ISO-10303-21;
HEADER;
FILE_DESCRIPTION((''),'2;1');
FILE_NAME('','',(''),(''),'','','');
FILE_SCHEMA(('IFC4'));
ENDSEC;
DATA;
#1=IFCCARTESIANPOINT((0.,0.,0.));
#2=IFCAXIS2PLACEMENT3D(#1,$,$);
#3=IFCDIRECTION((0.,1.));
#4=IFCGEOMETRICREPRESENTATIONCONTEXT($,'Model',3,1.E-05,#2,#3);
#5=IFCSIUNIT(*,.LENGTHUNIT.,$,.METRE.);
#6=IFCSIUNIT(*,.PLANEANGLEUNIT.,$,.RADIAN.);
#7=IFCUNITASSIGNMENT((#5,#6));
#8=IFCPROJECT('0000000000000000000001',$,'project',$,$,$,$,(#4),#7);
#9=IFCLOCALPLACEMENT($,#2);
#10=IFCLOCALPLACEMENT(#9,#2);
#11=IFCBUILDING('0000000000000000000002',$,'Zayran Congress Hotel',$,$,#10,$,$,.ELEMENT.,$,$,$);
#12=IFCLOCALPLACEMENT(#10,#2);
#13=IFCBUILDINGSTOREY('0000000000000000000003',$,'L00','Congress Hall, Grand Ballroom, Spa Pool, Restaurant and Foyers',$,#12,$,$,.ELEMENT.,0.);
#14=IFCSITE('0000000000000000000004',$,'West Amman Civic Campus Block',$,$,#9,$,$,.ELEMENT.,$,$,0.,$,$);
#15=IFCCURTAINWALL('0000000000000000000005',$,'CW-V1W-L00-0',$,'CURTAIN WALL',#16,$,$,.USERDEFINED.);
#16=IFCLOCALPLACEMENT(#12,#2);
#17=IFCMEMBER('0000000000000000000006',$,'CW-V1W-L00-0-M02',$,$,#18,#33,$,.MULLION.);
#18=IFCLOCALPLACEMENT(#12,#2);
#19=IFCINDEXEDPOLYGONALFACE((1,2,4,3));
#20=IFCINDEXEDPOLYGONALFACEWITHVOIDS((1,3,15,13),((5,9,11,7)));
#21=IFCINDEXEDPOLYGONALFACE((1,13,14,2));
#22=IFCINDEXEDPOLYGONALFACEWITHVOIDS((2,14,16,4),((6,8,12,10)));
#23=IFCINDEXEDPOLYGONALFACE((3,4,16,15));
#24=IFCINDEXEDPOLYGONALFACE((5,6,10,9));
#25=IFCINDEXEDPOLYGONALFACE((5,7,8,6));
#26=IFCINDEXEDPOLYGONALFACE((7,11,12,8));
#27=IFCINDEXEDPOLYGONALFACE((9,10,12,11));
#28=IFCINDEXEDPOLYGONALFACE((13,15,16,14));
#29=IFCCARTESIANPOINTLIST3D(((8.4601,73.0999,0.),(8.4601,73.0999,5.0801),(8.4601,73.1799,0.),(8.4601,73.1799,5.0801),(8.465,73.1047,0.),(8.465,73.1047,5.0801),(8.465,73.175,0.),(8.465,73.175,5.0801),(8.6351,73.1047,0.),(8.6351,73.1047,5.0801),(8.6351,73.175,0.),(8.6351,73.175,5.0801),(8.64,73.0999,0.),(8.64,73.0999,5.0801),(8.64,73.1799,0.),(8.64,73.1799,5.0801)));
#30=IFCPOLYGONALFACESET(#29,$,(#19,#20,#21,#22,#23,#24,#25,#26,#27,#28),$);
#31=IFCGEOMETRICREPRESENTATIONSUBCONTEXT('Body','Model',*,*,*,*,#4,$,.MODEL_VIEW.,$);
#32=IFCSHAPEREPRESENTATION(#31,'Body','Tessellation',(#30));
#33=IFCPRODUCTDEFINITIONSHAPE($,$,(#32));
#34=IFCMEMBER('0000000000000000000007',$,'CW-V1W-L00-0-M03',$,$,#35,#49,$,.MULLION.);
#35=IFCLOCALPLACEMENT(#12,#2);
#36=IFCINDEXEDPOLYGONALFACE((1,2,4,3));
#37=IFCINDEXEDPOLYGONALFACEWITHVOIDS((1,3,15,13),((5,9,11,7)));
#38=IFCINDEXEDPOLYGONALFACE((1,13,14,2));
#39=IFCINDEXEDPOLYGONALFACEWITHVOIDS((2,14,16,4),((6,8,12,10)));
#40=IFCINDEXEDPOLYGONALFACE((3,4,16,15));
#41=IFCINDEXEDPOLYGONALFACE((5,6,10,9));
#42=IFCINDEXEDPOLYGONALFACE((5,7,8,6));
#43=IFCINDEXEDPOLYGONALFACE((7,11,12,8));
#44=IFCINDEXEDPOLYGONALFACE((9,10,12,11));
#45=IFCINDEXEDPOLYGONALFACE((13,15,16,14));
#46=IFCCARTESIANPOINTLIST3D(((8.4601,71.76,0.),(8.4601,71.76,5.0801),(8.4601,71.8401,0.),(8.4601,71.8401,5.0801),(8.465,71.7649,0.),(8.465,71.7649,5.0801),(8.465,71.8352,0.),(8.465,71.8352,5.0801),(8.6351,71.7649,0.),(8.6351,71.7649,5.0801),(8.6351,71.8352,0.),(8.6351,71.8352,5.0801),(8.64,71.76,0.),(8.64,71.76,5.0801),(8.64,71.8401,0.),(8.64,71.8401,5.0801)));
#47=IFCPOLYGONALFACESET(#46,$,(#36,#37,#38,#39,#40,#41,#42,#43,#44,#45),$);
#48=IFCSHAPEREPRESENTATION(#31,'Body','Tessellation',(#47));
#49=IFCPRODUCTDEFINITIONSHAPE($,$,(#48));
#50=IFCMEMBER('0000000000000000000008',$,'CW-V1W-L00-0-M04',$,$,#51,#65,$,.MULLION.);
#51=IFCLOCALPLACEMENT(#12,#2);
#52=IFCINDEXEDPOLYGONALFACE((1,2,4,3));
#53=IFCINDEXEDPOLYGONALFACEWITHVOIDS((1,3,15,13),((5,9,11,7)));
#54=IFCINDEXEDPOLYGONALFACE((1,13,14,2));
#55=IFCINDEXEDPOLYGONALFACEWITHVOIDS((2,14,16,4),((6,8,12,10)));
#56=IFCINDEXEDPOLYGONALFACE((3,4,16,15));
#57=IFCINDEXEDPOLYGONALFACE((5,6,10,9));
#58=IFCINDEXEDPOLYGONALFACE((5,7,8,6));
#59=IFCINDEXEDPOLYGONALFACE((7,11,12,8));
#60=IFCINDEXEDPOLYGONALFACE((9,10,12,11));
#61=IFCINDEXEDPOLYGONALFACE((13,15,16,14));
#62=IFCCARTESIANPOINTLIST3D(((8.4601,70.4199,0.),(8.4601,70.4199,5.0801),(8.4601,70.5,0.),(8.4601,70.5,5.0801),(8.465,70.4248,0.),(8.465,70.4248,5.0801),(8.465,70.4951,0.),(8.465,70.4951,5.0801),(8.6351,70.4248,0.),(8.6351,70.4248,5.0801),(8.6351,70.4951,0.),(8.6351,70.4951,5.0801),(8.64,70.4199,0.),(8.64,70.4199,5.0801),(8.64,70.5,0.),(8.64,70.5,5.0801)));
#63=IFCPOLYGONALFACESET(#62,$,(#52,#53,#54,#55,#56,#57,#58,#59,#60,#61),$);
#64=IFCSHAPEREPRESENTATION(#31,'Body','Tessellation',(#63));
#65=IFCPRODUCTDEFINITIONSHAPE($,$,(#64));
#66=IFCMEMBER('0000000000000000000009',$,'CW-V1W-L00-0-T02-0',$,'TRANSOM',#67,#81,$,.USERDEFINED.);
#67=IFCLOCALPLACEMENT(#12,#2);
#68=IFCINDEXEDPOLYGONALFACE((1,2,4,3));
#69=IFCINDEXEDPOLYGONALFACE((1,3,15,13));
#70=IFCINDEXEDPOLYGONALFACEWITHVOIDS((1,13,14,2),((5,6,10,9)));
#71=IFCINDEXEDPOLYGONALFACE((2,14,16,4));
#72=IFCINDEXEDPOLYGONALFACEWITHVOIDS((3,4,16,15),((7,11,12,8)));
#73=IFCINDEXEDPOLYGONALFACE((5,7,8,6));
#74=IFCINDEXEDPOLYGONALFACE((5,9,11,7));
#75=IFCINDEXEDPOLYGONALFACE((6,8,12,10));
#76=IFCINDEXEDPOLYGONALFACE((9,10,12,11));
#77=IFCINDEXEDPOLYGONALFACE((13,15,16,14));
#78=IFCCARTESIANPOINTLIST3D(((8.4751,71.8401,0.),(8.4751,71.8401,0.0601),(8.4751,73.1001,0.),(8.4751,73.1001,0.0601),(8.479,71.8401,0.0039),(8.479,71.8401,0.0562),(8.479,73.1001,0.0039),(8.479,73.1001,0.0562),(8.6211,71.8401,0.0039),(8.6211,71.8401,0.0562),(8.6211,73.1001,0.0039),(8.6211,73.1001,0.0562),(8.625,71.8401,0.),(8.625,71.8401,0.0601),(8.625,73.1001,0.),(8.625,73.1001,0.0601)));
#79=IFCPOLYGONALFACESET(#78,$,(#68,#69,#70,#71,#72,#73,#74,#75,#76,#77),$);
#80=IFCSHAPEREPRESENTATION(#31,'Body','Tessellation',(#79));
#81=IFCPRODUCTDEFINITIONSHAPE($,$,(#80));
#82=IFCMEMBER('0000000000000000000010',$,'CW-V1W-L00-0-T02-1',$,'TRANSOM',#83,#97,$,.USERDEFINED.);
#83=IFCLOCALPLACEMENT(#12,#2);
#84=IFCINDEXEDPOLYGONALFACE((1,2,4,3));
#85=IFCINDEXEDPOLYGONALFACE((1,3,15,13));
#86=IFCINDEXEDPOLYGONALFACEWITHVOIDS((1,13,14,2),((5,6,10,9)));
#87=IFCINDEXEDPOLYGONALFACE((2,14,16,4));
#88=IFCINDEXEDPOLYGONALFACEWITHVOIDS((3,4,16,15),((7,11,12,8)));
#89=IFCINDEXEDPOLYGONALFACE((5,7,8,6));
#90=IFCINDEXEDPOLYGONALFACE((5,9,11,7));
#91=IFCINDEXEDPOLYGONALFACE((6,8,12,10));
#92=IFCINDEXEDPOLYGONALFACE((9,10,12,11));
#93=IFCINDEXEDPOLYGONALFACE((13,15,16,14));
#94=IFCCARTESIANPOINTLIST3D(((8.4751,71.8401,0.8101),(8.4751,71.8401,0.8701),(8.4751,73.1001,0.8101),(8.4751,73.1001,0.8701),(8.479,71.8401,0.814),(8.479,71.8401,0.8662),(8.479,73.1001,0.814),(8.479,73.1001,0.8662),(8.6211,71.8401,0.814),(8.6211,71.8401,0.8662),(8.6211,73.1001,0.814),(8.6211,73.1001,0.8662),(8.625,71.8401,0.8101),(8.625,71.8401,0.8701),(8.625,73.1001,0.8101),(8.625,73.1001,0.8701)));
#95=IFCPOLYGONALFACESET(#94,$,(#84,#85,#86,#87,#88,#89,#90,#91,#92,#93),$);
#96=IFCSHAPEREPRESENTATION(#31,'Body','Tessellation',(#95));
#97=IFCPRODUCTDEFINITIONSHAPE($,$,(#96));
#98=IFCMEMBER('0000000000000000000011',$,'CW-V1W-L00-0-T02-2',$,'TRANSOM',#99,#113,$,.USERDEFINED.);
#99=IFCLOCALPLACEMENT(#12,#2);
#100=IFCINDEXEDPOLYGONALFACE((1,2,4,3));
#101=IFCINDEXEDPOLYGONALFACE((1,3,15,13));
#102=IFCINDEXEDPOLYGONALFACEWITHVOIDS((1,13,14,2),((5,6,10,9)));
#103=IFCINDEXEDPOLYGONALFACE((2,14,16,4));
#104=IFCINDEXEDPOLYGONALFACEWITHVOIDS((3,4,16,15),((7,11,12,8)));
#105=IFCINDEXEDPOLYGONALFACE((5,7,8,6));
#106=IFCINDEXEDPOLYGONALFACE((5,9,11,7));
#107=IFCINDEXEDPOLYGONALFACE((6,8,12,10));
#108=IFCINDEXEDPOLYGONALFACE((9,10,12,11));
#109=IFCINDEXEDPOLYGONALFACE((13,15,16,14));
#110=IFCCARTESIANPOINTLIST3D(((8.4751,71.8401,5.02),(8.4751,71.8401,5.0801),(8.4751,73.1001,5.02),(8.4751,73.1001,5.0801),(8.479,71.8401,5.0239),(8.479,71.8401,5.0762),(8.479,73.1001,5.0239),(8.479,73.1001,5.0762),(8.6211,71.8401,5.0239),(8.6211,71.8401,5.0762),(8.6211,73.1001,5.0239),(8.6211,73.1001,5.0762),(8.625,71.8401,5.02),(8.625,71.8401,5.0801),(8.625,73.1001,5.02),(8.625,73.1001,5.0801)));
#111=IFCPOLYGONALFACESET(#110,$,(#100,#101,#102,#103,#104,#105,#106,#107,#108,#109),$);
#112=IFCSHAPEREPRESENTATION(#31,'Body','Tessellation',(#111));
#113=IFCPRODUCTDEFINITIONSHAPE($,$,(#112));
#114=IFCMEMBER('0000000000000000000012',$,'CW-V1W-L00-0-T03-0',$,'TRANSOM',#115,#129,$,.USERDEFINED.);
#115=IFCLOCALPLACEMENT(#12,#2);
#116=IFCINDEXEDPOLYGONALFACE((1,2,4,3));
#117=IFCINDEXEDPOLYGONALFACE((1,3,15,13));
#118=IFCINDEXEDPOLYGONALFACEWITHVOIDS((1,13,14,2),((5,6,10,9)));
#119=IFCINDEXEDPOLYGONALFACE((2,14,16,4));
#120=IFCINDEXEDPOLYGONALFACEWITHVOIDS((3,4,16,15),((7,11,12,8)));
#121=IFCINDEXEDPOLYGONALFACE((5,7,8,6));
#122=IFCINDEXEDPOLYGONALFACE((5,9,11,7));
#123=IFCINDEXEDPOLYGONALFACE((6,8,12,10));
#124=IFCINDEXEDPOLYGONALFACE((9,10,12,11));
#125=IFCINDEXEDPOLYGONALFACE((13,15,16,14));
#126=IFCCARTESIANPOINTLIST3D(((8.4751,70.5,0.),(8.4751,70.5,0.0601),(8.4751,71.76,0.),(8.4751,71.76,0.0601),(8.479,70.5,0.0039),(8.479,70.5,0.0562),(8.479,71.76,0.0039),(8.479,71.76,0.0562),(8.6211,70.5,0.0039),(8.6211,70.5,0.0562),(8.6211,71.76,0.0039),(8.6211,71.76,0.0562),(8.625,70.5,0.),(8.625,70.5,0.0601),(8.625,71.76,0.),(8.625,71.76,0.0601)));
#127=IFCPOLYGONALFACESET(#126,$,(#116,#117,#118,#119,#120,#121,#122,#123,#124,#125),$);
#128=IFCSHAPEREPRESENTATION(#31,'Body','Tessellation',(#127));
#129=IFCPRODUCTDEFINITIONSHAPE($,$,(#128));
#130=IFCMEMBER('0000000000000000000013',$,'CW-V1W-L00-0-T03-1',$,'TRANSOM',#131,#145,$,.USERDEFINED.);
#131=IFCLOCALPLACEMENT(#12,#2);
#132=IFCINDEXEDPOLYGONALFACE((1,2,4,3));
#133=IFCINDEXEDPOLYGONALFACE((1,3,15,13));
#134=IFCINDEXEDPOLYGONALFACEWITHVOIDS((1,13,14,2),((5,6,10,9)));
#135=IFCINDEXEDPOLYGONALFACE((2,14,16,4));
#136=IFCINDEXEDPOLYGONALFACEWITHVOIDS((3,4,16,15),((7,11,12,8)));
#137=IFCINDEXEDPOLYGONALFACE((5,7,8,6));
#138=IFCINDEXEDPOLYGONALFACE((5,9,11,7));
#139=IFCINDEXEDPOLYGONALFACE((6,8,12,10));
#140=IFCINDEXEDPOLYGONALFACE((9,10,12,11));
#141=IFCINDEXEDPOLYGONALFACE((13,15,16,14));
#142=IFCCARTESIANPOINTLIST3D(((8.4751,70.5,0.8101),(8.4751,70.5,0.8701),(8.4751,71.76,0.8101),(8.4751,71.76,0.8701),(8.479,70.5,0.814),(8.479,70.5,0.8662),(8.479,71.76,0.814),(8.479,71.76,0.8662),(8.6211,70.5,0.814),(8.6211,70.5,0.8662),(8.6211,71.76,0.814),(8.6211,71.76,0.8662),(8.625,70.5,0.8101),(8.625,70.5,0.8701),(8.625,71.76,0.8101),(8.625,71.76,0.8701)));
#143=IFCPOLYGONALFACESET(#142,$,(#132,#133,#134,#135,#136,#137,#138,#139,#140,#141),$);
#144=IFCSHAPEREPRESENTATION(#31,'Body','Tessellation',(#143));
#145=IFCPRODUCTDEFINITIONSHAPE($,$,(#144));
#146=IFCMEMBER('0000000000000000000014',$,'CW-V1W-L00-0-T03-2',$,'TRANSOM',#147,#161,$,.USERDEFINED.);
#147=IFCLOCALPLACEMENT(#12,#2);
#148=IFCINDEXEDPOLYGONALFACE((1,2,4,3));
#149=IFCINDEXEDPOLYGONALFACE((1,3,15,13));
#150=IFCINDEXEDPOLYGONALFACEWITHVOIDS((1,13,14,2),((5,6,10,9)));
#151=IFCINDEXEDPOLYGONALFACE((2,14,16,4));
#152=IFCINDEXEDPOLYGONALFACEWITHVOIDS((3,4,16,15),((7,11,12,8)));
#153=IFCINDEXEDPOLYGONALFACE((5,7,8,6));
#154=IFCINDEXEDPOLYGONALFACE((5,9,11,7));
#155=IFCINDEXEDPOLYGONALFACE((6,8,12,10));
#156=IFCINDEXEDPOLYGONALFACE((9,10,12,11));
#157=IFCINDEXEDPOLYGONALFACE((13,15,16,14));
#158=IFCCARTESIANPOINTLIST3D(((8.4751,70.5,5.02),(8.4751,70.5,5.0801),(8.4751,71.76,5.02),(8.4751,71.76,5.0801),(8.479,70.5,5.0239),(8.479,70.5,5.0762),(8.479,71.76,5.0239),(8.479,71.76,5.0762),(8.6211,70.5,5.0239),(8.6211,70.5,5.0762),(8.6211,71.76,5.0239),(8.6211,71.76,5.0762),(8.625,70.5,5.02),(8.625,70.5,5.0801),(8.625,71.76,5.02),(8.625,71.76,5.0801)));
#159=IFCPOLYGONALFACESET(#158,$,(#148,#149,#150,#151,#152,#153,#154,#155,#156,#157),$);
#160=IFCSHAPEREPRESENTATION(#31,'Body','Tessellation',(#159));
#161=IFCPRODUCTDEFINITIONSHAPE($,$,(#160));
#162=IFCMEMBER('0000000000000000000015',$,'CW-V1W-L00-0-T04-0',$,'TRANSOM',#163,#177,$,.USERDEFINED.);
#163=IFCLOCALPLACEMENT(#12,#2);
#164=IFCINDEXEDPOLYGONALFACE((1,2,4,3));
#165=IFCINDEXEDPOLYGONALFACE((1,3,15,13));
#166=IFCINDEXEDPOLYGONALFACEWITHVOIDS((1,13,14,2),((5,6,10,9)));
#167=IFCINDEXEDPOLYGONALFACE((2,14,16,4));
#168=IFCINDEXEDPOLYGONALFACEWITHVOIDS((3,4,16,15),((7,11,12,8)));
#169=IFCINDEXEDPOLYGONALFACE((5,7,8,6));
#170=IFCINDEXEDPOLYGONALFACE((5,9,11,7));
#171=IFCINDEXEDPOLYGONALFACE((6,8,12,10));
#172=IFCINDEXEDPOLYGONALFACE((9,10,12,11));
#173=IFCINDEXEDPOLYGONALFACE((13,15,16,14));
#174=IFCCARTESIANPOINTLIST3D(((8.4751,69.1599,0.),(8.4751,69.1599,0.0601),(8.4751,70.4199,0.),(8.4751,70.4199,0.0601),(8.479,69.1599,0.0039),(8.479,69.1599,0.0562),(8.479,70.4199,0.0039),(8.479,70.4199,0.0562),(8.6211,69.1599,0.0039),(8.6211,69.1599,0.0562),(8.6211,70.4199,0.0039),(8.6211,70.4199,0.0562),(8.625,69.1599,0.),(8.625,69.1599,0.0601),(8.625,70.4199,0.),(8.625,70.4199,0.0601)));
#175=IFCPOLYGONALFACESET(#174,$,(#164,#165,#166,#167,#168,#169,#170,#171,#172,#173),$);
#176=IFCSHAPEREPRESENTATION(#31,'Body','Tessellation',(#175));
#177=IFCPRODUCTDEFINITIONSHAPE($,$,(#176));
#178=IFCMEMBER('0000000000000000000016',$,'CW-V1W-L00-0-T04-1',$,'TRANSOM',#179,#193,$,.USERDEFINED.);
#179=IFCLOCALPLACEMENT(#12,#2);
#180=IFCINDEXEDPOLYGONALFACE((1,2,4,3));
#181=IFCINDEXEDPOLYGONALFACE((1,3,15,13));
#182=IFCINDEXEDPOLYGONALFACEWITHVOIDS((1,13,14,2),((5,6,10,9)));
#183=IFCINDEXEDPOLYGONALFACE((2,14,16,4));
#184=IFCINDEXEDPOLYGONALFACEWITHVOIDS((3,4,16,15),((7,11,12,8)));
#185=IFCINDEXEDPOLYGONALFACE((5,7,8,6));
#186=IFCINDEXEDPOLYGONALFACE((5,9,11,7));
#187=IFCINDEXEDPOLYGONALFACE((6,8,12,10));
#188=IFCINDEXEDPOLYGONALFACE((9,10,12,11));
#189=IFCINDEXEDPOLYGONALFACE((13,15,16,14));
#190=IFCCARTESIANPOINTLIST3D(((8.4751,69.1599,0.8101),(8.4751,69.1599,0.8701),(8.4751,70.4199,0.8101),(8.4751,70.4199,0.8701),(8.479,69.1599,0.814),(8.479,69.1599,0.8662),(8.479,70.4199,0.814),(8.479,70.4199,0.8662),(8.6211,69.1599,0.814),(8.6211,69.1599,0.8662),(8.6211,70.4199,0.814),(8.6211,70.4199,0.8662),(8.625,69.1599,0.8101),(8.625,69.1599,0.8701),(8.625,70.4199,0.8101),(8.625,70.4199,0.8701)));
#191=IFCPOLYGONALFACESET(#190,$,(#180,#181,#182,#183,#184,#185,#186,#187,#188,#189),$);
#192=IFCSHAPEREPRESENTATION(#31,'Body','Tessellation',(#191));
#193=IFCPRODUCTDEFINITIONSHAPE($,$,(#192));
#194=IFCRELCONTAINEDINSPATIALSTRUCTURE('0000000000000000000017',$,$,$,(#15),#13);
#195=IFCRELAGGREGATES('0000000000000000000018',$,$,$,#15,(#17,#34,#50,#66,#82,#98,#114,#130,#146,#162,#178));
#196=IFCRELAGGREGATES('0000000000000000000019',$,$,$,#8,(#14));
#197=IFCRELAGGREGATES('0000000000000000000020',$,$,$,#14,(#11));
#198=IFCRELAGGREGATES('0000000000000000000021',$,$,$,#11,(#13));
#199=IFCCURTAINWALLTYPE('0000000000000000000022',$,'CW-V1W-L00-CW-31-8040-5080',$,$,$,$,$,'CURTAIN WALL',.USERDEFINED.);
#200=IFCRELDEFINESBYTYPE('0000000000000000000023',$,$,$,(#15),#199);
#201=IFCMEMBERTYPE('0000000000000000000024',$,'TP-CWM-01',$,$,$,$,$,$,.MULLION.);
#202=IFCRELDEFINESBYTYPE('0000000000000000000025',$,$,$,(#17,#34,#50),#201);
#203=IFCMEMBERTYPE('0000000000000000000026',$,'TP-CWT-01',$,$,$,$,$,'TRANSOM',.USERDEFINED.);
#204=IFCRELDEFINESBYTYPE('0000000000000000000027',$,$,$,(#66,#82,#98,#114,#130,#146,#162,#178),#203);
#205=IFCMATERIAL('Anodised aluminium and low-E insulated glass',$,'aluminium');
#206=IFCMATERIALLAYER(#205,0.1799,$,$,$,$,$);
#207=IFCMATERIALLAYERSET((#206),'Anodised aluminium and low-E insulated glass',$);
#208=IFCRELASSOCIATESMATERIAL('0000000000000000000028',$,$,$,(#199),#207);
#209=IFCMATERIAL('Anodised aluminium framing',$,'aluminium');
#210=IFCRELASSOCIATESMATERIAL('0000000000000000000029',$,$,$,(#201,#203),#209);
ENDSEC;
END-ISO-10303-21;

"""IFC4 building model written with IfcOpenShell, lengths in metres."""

from ifc_helpers import new_model, si_unit, direction, frame, origin, origin_2d, place, context, subcontext, project, spatial, hollow_rectangle, extrude, material, layer, layer_set, material_profile, profile_set, type_object, element, aggregate, save


model = new_model("IFC4")

# Units and contexts
model_context = context("Model", 3, precision=1e-05, world=origin(), true_north=direction((0.0, 1.0)))
body_context = subcontext(model_context, "Body", "Model", "MODEL_VIEW")
ifc_project = project(units=[si_unit("LENGTHUNIT", "METRE"), si_unit("PLANEANGLEUNIT", "RADIAN")], contexts=[model_context])

# Site, building, storey
site_placement = place(None, origin())
site = spatial("IfcSite", under=ifc_project, at=site_placement, Name="West Amman Civic Campus Block", CompositionType="ELEMENT", RefElevation=0.0)
building_placement = place(site_placement, origin())
building = spatial("IfcBuilding", under=site, at=building_placement, Name="Zayran Congress Hotel", CompositionType="ELEMENT")
storey_placement = place(building_placement, origin())
storey = spatial("IfcBuildingStorey", under=building, at=storey_placement, Name="L00", Description="Congress Hall, Grand Ballroom, Spa Pool, Restaurant and Foyers", CompositionType="ELEMENT", Elevation=0.0)

# Curtain wall, members
ifc_material_1 = material(Name="Anodised aluminium and low-E insulated glass", Category="aluminium")
ifc_layer_1 = layer(ifc_material_1, 0.1799)
ifc_layer_set_1 = layer_set([ifc_layer_1], Name="Anodised aluminium and low-E insulated glass")
curtain_wall_type = type_object("IfcCurtainWallType", Name="CW-V1W-L00-CW-31-8040-5080", ElementType="CURTAIN WALL", PredefinedType="USERDEFINED", material=ifc_layer_set_1)
curtain_wall_placement = place(storey_placement, origin())
curtain_wall = element("IfcCurtainWall", 1, at=curtain_wall_placement, inside=storey, type_object=curtain_wall_type, Name="CW-V1W-L00-0", ObjectType="CURTAIN WALL", PredefinedType="USERDEFINED")
ifc_material_2 = material(Name="Anodised aluminium framing", Category="aluminium")
ifc_material_profile_1 = material_profile(ifc_material_2, hollow_rectangle(XDim=0.0801, YDim=0.1799, WallThickness=0.0049, at=origin_2d()), Name="RHS 180x80x5")
ifc_profile_set_1 = profile_set([ifc_material_profile_1], Name="Anodised aluminium framing")
member_type_1 = type_object("IfcMemberType", Name="TP-CWM-01", PredefinedType="MULLION", material=ifc_profile_set_1)
member_1_placement = place(storey_placement, frame((8.55, 73.1399, 0.0), z_axis=(0.0, 0.0, 1.0), x_axis=(0.0, 1.0, 0.0)))
member_1 = element("IfcMember", 2, at=member_1_placement, type_object=member_type_1, Name="CW-V1W-L00-0-M02", PredefinedType="MULLION", context=body_context, shape_type="SweptSolid", body=[
    extrude(hollow_rectangle(XDim=0.0801, YDim=0.1799, WallThickness=0.0049, at=origin_2d()), origin(), (0.0, 0.0, 1.0), 5.0801),
])
member_2_placement = place(storey_placement, frame((8.55, 71.8, 0.0), z_axis=(0.0, 0.0, 1.0), x_axis=(0.0, 1.0, 0.0)))
member_2 = element("IfcMember", 3, at=member_2_placement, type_object=member_type_1, Name="CW-V1W-L00-0-M03", PredefinedType="MULLION", context=body_context, shape_type="SweptSolid", body=[
    extrude(hollow_rectangle(XDim=0.0801, YDim=0.1799, WallThickness=0.0049, at=origin_2d()), origin(), (0.0, 0.0, 1.0), 5.0801),
])
member_3_placement = place(storey_placement, frame((8.55, 70.46, 0.0), z_axis=(0.0, 0.0, 1.0), x_axis=(0.0, 1.0, 0.0)))
member_3 = element("IfcMember", 4, at=member_3_placement, type_object=member_type_1, Name="CW-V1W-L00-0-M04", PredefinedType="MULLION", context=body_context, shape_type="SweptSolid", body=[
    extrude(hollow_rectangle(XDim=0.0801, YDim=0.1799, WallThickness=0.0049, at=origin_2d()), origin(), (0.0, 0.0, 1.0), 5.0801),
])
ifc_material_profile_2 = material_profile(ifc_material_2, hollow_rectangle(XDim=0.0601, YDim=0.1499, WallThickness=0.0039, at=origin_2d()), Name="RHS 150x60x4")
ifc_profile_set_2 = profile_set([ifc_material_profile_2], Name="Anodised aluminium framing")
member_type_2 = type_object("IfcMemberType", Name="TP-CWT-01", ElementType="TRANSOM", PredefinedType="USERDEFINED", material=ifc_profile_set_2)
member_4_placement = place(storey_placement, frame((8.55, 73.1001, 0.03), z_axis=(0.0, -1.0, 0.0), x_axis=(0.0, 0.0, 1.0)))
member_4 = element("IfcMember", 5, at=member_4_placement, type_object=member_type_2, Name="CW-V1W-L00-0-T02-0", ObjectType="TRANSOM", PredefinedType="USERDEFINED", context=body_context, shape_type="SweptSolid", body=[
    extrude(hollow_rectangle(XDim=0.0601, YDim=0.1499, WallThickness=0.0039, at=origin_2d()), origin(), (0.0, 0.0, 1.0), 1.26),
])
member_5_placement = place(storey_placement, frame((8.55, 73.1001, 0.8401), z_axis=(0.0, -1.0, 0.0), x_axis=(0.0, 0.0, 1.0)))
member_5 = element("IfcMember", 6, at=member_5_placement, type_object=member_type_2, Name="CW-V1W-L00-0-T02-1", ObjectType="TRANSOM", PredefinedType="USERDEFINED", context=body_context, shape_type="SweptSolid", body=[
    extrude(hollow_rectangle(XDim=0.0601, YDim=0.1499, WallThickness=0.0039, at=origin_2d()), origin(), (0.0, 0.0, 1.0), 1.26),
])
member_6_placement = place(storey_placement, frame((8.55, 73.1001, 5.05), z_axis=(0.0, -1.0, 0.0), x_axis=(0.0, 0.0, 1.0)))
member_6 = element("IfcMember", 7, at=member_6_placement, type_object=member_type_2, Name="CW-V1W-L00-0-T02-2", ObjectType="TRANSOM", PredefinedType="USERDEFINED", context=body_context, shape_type="SweptSolid", body=[
    extrude(hollow_rectangle(XDim=0.0601, YDim=0.1499, WallThickness=0.0039, at=origin_2d()), origin(), (0.0, 0.0, 1.0), 1.26),
])
member_7_placement = place(storey_placement, frame((8.55, 71.76, 0.03), z_axis=(0.0, -1.0, 0.0), x_axis=(0.0, 0.0, 1.0)))
member_7 = element("IfcMember", 8, at=member_7_placement, type_object=member_type_2, Name="CW-V1W-L00-0-T03-0", ObjectType="TRANSOM", PredefinedType="USERDEFINED", context=body_context, shape_type="SweptSolid", body=[
    extrude(hollow_rectangle(XDim=0.0601, YDim=0.1499, WallThickness=0.0039, at=origin_2d()), origin(), (0.0, 0.0, 1.0), 1.26),
])
member_8_placement = place(storey_placement, frame((8.55, 71.76, 0.8401), z_axis=(0.0, -1.0, 0.0), x_axis=(0.0, 0.0, 1.0)))
member_8 = element("IfcMember", 9, at=member_8_placement, type_object=member_type_2, Name="CW-V1W-L00-0-T03-1", ObjectType="TRANSOM", PredefinedType="USERDEFINED", context=body_context, shape_type="SweptSolid", body=[
    extrude(hollow_rectangle(XDim=0.0601, YDim=0.1499, WallThickness=0.0039, at=origin_2d()), origin(), (0.0, 0.0, 1.0), 1.26),
])
member_9_placement = place(storey_placement, frame((8.55, 71.76, 5.05), z_axis=(0.0, -1.0, 0.0), x_axis=(0.0, 0.0, 1.0)))
member_9 = element("IfcMember", 10, at=member_9_placement, type_object=member_type_2, Name="CW-V1W-L00-0-T03-2", ObjectType="TRANSOM", PredefinedType="USERDEFINED", context=body_context, shape_type="SweptSolid", body=[
    extrude(hollow_rectangle(XDim=0.0601, YDim=0.1499, WallThickness=0.0039, at=origin_2d()), origin(), (0.0, 0.0, 1.0), 1.26),
])
member_10_placement = place(storey_placement, frame((8.55, 70.4199, 0.03), z_axis=(0.0, -1.0, 0.0), x_axis=(0.0, 0.0, 1.0)))
member_10 = element("IfcMember", 11, at=member_10_placement, type_object=member_type_2, Name="CW-V1W-L00-0-T04-0", ObjectType="TRANSOM", PredefinedType="USERDEFINED", context=body_context, shape_type="SweptSolid", body=[
    extrude(hollow_rectangle(XDim=0.0601, YDim=0.1499, WallThickness=0.0039, at=origin_2d()), origin(), (0.0, 0.0, 1.0), 1.26),
])
member_11_placement = place(storey_placement, frame((8.55, 70.4199, 0.8401), z_axis=(0.0, -1.0, 0.0), x_axis=(0.0, 0.0, 1.0)))
member_11 = element("IfcMember", 12, at=member_11_placement, type_object=member_type_2, Name="CW-V1W-L00-0-T04-1", ObjectType="TRANSOM", PredefinedType="USERDEFINED", context=body_context, shape_type="SweptSolid", body=[
    extrude(hollow_rectangle(XDim=0.0601, YDim=0.1499, WallThickness=0.0039, at=origin_2d()), origin(), (0.0, 0.0, 1.0), 1.26),
])
aggregate(curtain_wall, [member_1, member_2, member_3, member_4, member_5, member_6, member_7, member_8, member_9, member_10, member_11])

save(model, "model.ifc")
